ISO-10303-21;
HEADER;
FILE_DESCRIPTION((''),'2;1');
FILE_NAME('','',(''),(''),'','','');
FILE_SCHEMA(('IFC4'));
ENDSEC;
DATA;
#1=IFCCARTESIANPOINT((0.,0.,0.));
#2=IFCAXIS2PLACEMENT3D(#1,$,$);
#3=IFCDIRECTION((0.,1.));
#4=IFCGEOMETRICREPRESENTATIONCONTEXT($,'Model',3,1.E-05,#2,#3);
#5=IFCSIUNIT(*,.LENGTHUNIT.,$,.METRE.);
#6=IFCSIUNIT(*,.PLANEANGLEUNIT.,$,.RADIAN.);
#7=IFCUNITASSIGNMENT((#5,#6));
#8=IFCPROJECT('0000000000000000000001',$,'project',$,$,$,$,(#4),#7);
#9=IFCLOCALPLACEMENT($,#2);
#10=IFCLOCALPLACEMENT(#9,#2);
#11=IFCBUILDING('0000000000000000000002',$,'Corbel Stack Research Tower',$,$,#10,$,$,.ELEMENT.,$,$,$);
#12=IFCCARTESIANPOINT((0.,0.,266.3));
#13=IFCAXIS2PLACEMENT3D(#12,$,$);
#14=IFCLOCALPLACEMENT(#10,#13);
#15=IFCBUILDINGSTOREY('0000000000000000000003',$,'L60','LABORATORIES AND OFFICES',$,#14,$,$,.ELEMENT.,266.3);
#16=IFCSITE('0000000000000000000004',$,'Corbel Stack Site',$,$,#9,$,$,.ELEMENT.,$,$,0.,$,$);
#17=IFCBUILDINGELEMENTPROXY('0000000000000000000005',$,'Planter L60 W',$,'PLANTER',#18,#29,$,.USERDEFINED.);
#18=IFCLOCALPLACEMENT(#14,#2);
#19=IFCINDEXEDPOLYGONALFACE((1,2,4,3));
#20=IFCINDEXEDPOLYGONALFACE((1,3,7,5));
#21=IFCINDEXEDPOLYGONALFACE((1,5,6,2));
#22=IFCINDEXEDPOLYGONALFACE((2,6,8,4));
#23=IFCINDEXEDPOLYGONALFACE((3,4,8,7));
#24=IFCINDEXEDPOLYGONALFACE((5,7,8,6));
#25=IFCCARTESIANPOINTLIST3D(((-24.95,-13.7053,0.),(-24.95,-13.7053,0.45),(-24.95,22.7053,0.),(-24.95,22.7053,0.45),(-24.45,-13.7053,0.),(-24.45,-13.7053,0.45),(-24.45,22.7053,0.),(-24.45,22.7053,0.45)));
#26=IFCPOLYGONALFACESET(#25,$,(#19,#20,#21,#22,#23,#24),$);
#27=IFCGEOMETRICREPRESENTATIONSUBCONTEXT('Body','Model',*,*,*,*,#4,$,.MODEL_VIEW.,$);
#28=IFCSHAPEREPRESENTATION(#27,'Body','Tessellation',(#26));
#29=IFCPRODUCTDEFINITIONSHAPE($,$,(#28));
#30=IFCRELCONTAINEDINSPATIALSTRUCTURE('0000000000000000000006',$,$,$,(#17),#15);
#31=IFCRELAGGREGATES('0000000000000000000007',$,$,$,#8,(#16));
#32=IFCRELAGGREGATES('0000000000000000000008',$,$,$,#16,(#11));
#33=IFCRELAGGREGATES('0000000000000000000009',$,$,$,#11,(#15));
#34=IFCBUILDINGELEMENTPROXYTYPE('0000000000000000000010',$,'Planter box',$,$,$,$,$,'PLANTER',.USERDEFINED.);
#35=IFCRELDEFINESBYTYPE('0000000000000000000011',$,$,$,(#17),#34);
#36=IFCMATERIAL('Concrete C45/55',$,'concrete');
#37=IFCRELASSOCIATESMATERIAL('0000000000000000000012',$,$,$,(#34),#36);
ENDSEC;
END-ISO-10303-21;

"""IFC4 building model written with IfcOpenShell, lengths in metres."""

from ifc_helpers import new_model, si_unit, direction, frame, origin, origin_2d, place, context, subcontext, project, spatial, rectangle, extrude, material, type_object, element, save


model = new_model("IFC4")

# Units and contexts
model_context = context("Model", 3, precision=1e-05, world=origin(), true_north=direction((0.0, 1.0)))
body_context = subcontext(model_context, "Body", "Model", "MODEL_VIEW")
ifc_project = project(units=[si_unit("LENGTHUNIT", "METRE"), si_unit("PLANEANGLEUNIT", "RADIAN")], contexts=[model_context])

# Site, building, storey
site_placement = place(None, origin())
site = spatial("IfcSite", under=ifc_project, at=site_placement, Name="Corbel Stack Site", CompositionType="ELEMENT", RefElevation=0.0)
building_placement = place(site_placement, origin())
building = spatial("IfcBuilding", under=site, at=building_placement, Name="Corbel Stack Research Tower", CompositionType="ELEMENT")
storey_placement = place(building_placement, frame((0.0, 0.0, 266.3)))
storey = spatial("IfcBuildingStorey", under=building, at=storey_placement, Name="L60", Description="LABORATORIES AND OFFICES", CompositionType="ELEMENT", Elevation=266.3)

# Building element proxy
ifc_material_1 = material(Name="Concrete C45/55", Category="concrete")
building_element_proxy_type = type_object("IfcBuildingElementProxyType", Name="Planter box", ElementType="PLANTER", PredefinedType="USERDEFINED", material=ifc_material_1)
proxy_placement = place(storey_placement, frame((-24.7, 4.5, 0.0), z_axis=(0.0, 0.0, 1.0), x_axis=(0.0, -1.0, 0.0)))
element("IfcBuildingElementProxy", 1, at=proxy_placement, inside=storey, type_object=building_element_proxy_type, Name="Planter L60 W", ObjectType="PLANTER", PredefinedType="USERDEFINED", context=body_context, shape_type="SweptSolid", body=[
    extrude(rectangle(XDim=36.4106, YDim=0.5, at=origin_2d()), origin(), (0.0, 0.0, 1.0), 0.45),
])

save(model, "model.ifc")
